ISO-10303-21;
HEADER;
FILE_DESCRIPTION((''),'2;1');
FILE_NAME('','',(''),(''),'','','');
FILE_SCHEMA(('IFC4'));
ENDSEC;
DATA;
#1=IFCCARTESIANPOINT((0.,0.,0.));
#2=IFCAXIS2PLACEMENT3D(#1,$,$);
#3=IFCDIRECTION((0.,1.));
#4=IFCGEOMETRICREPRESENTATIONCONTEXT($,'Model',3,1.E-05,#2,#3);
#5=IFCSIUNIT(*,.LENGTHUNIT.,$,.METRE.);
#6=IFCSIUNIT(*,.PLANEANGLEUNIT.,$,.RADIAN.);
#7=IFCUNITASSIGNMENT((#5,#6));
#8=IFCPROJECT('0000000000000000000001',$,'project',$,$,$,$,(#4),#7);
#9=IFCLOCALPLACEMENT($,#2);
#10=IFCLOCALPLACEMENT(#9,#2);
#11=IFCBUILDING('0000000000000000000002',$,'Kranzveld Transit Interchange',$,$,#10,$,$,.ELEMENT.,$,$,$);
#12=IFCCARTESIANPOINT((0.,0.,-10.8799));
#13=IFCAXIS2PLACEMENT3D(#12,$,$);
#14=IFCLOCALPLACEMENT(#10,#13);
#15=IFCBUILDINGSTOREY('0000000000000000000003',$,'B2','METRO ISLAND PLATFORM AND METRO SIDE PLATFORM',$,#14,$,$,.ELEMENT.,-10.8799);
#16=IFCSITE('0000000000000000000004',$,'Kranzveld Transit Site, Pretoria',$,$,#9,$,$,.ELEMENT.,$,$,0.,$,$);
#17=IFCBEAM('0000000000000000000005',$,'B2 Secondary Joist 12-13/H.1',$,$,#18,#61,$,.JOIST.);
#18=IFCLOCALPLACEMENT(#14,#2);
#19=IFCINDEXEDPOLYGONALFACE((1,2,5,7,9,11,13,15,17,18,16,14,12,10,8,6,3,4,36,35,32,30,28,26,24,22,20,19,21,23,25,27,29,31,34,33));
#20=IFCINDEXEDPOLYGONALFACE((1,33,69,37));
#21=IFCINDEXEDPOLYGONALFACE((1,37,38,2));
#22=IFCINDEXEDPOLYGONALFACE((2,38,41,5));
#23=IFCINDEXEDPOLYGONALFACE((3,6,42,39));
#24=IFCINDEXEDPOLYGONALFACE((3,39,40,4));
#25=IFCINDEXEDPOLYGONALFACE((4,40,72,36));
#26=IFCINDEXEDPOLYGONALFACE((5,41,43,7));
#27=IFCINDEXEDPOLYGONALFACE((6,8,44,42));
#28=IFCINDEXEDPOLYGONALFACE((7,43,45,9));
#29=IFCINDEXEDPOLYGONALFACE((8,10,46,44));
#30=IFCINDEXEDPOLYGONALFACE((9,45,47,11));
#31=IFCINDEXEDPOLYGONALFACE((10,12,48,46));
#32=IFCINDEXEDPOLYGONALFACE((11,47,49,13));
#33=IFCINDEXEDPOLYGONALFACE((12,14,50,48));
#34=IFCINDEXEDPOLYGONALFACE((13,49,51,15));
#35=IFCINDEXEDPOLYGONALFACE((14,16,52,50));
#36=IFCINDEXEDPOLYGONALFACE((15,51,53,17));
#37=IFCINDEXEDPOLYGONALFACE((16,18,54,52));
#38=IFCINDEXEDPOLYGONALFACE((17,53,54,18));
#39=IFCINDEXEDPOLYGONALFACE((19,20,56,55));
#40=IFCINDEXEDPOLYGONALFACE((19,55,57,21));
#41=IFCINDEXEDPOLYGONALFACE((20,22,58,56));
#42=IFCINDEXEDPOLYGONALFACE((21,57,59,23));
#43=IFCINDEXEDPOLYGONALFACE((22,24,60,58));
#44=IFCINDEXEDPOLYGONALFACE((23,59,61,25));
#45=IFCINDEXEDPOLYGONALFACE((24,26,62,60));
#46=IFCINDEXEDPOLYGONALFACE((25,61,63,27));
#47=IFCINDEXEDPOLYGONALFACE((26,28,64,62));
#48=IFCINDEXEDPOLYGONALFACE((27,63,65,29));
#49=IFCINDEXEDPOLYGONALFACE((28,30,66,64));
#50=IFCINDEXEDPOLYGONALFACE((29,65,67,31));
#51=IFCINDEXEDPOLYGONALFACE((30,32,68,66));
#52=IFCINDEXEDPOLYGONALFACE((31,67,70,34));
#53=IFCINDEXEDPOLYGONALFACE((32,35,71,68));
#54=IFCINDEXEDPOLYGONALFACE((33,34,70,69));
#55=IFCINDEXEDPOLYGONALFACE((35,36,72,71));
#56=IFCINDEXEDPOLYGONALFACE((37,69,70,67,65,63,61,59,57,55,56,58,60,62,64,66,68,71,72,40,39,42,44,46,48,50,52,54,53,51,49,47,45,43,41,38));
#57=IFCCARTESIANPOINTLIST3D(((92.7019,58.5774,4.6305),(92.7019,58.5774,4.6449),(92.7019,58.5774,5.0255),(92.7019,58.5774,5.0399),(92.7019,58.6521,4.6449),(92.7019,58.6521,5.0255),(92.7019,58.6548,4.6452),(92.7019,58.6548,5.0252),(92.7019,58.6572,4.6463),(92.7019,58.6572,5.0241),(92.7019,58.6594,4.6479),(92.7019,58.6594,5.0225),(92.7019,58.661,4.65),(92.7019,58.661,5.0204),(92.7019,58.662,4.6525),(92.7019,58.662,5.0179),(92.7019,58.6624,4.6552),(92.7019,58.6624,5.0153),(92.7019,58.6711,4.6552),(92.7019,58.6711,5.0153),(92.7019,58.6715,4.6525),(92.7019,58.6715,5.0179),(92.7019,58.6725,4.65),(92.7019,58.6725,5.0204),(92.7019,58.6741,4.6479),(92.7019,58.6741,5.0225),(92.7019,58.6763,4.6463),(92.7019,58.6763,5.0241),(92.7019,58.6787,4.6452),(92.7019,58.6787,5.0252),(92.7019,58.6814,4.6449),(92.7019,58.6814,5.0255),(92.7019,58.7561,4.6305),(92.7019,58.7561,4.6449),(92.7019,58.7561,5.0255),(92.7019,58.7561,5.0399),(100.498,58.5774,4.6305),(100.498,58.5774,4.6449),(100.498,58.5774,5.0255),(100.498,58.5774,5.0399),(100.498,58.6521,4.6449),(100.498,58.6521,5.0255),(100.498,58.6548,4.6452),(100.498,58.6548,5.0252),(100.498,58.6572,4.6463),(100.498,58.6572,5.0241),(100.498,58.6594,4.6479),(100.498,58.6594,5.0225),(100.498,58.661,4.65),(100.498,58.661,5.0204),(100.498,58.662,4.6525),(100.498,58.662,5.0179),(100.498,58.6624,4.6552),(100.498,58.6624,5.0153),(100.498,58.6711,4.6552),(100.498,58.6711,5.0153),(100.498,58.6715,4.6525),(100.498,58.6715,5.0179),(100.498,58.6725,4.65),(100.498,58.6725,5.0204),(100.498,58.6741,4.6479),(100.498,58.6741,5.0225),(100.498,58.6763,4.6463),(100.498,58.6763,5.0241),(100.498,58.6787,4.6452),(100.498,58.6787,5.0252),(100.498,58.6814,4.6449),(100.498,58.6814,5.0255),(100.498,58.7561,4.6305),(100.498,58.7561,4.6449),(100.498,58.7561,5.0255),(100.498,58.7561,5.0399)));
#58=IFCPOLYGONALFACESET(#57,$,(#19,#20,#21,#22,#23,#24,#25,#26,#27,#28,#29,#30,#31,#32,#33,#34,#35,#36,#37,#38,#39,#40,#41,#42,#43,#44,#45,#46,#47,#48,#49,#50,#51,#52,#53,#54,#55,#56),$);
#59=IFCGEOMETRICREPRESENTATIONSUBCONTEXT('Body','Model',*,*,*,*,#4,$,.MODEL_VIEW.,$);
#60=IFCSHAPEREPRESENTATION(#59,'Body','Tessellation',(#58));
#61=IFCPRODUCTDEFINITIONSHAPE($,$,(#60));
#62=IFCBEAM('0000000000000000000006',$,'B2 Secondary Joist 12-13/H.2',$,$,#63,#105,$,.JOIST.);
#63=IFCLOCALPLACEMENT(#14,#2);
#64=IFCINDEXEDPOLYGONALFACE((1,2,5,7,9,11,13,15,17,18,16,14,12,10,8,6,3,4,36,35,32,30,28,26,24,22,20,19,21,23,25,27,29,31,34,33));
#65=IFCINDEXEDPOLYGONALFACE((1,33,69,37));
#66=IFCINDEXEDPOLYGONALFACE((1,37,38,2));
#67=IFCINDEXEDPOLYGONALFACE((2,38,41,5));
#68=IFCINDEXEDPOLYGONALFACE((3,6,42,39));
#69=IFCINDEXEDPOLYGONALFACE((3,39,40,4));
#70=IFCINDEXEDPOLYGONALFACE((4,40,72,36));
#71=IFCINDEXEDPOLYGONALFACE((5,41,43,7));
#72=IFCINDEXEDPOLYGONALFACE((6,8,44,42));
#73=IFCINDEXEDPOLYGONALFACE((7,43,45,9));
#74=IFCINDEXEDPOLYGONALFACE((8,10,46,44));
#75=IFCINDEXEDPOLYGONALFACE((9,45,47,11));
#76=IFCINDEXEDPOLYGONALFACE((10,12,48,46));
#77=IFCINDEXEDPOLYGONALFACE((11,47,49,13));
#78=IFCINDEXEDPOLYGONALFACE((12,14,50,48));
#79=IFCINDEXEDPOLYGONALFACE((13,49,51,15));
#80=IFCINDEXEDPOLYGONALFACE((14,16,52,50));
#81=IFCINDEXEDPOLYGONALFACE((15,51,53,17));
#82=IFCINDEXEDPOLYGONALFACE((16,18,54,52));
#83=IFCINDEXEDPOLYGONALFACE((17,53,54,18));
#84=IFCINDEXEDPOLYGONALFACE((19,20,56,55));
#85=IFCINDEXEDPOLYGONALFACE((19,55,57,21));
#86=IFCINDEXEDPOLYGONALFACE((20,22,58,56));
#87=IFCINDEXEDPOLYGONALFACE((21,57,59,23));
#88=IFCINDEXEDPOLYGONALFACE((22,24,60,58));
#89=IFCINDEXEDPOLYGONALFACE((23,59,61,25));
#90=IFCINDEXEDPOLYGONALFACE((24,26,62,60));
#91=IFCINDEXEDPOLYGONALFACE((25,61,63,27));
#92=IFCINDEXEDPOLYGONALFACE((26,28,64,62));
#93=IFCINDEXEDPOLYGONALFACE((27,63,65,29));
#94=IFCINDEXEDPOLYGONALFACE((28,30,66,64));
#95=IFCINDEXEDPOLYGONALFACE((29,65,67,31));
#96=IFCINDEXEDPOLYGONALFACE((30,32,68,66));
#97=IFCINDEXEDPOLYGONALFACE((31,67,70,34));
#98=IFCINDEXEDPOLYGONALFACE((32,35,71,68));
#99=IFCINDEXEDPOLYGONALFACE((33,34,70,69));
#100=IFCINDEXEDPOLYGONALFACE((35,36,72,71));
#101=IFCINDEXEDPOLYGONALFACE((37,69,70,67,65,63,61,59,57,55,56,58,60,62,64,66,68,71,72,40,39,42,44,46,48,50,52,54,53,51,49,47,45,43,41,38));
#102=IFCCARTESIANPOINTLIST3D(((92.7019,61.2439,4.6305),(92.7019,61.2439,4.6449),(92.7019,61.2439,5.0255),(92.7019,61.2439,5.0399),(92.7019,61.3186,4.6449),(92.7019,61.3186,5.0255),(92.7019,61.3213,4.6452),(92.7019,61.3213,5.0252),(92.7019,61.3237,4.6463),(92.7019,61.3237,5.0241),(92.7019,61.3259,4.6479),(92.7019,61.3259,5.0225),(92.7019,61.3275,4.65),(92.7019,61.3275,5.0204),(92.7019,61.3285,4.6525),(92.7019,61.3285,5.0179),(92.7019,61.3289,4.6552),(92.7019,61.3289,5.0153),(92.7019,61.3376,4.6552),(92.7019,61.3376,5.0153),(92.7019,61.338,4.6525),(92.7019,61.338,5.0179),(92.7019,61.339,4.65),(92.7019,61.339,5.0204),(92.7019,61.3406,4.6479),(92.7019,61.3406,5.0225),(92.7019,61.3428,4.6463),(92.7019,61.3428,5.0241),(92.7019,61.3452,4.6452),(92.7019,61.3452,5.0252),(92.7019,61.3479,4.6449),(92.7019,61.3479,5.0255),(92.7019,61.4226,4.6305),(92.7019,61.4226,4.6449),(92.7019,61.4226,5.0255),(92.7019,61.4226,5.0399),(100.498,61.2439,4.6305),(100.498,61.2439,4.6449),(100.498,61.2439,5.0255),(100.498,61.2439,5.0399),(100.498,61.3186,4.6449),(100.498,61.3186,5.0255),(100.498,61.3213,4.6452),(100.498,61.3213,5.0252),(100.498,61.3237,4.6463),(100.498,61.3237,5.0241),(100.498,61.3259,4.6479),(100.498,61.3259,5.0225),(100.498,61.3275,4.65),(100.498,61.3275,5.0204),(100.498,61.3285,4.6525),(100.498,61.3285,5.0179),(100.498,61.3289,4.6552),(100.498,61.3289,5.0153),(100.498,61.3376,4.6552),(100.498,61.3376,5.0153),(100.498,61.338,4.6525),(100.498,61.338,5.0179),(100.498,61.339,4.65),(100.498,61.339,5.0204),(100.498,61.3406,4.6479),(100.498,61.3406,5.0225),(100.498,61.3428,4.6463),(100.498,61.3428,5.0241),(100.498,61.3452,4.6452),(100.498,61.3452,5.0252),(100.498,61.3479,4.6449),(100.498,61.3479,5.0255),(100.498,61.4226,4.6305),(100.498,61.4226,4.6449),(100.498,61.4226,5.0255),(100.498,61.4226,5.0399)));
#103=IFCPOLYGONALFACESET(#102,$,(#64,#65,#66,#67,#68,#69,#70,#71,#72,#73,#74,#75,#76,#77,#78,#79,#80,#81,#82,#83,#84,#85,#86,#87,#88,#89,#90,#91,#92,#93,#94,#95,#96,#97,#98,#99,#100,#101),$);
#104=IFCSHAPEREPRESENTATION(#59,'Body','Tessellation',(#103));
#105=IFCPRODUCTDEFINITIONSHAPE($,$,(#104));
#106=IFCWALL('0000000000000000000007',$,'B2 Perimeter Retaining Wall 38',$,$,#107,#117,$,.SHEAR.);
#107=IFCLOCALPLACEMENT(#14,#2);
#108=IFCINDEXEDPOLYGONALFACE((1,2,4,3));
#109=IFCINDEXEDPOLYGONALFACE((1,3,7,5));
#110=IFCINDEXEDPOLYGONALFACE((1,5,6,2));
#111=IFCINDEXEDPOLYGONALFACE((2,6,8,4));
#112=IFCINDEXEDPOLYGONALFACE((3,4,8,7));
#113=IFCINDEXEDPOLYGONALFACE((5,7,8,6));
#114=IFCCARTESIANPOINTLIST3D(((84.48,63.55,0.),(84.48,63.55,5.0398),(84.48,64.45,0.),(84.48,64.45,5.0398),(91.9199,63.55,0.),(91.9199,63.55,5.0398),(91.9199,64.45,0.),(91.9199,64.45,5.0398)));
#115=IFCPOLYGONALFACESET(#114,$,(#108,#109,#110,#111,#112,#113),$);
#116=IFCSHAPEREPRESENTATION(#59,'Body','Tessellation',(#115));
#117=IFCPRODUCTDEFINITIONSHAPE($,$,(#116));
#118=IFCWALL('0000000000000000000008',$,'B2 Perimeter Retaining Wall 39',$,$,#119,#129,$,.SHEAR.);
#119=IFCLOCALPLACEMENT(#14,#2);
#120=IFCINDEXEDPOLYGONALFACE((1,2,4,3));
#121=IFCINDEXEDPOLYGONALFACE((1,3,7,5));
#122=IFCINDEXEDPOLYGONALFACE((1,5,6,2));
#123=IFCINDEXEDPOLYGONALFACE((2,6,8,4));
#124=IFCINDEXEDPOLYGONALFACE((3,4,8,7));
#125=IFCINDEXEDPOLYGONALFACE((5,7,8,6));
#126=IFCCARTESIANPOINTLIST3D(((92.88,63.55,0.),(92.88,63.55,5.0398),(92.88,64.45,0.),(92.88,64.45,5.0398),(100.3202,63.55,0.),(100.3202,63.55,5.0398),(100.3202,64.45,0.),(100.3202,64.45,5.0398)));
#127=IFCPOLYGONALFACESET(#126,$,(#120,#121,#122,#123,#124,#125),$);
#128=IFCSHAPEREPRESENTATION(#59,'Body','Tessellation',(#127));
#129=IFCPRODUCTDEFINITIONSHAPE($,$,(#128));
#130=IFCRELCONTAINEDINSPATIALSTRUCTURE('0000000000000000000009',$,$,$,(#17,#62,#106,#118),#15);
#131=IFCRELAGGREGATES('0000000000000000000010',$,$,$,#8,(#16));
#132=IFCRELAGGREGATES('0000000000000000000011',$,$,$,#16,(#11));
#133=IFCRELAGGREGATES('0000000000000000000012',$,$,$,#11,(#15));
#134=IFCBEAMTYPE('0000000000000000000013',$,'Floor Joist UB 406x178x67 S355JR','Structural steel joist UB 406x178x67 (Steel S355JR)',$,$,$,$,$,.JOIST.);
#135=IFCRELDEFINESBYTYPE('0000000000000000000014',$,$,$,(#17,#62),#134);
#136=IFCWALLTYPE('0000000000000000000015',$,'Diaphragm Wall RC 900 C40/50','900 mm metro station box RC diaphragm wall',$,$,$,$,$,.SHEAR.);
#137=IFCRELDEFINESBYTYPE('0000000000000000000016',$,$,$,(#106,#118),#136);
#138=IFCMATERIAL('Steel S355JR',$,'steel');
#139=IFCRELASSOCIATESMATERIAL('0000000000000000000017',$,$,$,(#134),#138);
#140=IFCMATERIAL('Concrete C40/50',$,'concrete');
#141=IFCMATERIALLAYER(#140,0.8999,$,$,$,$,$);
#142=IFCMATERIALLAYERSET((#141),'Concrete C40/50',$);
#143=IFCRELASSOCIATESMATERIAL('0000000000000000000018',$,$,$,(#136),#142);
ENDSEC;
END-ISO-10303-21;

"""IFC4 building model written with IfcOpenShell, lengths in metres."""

from ifc_helpers import new_model, si_unit, direction, frame, frame_2d, origin, origin_2d, place, context, subcontext, project, spatial, rectangle, i_section, extrude, material, layer, layer_set, material_profile, profile_set, type_object, element, save


model = new_model("IFC4")

# Units and contexts
model_context = context("Model", 3, precision=1e-05, world=origin(), true_north=direction((0.0, 1.0)))
body_context = subcontext(model_context, "Body", "Model", "MODEL_VIEW")
ifc_project = project(units=[si_unit("LENGTHUNIT", "METRE"), si_unit("PLANEANGLEUNIT", "RADIAN")], contexts=[model_context])

# Site, building, storey
site_placement = place(None, origin())
site = spatial("IfcSite", under=ifc_project, at=site_placement, Name="Kranzveld Transit Site, Pretoria", CompositionType="ELEMENT", RefElevation=0.0)
building_placement = place(site_placement, origin())
building = spatial("IfcBuilding", under=site, at=building_placement, Name="Kranzveld Transit Interchange", CompositionType="ELEMENT")
storey_placement = place(building_placement, frame((0.0, 0.0, -10.8799)))
storey = spatial("IfcBuildingStorey", under=building, at=storey_placement, Name="B2", Description="METRO ISLAND PLATFORM AND METRO SIDE PLATFORM", CompositionType="ELEMENT", Elevation=-10.8799)

# Beams
ifc_material_1 = material(Name="Steel S355JR", Category="steel")
ifc_material_profile_1 = material_profile(ifc_material_1, i_section(OverallWidth=0.1787, OverallDepth=0.4094, WebThickness=0.0088, FlangeThickness=0.0144, FilletRadius=0.0103, at=origin_2d()), Name="UB 406x178x67")
ifc_profile_set_1 = profile_set([ifc_material_profile_1], Name="Steel S355JR")
beam_type = type_object("IfcBeamType", Name="Floor Joist UB 406x178x67 S355JR", Description="Structural steel joist UB 406x178x67 (Steel S355JR)", PredefinedType="JOIST", material=ifc_profile_set_1)
for number, where, z_axis, x_axis, name in (
    (1, (92.7019, 58.6667, 4.8352), (1.0, 0.0, 0.0), (0.0, 1.0, 0.0), "B2 Secondary Joist 12-13/H.1"),
    (2, (92.7019, 61.3333, 4.8352), (1.0, 0.0, 0.0), (0.0, 1.0, 0.0), "B2 Secondary Joist 12-13/H.2"),
):
    element("IfcBeam", number, at=place(storey_placement, frame(where, z_axis=z_axis, x_axis=x_axis)), inside=storey, type_object=beam_type, Name=name, PredefinedType="JOIST", context=body_context, shape_type="SweptSolid", body=[
        extrude(i_section(OverallWidth=0.1787, OverallDepth=0.4094, WebThickness=0.0088, FlangeThickness=0.0144, FilletRadius=0.0103, at=origin_2d()), origin(), (0.0, 0.0, 1.0), 7.7961),
    ])

# Walls
ifc_material_2 = material(Name="Concrete C40/50", Category="concrete")
ifc_layer = layer(ifc_material_2, 0.8999)
ifc_layer_set = layer_set([ifc_layer], Name="Concrete C40/50")
wall_type = type_object("IfcWallType", Name="Diaphragm Wall RC 900 C40/50", Description="900 mm metro station box RC diaphragm wall", PredefinedType="SHEAR", material=ifc_layer_set)
wall_1_placement = place(storey_placement, frame((84.48, 64.0, 0.0), z_axis=(0.0, 0.0, 1.0), x_axis=(1.0, 0.0, 0.0)))
element("IfcWall", 3, at=wall_1_placement, inside=storey, type_object=wall_type, Name="B2 Perimeter Retaining Wall 38", PredefinedType="SHEAR", context=body_context, shape_type="SweptSolid", body=[
    extrude(rectangle(XDim=7.4399, YDim=0.8999, at=frame_2d((3.72, 0.0))), origin(), (0.0, 0.0, 1.0), 5.0398),
])
wall_2_placement = place(storey_placement, frame((92.8799, 64.0, 0.0), z_axis=(0.0, 0.0, 1.0), x_axis=(1.0, 0.0, 0.0)))
element("IfcWall", 4, at=wall_2_placement, inside=storey, type_object=wall_type, Name="B2 Perimeter Retaining Wall 39", PredefinedType="SHEAR", context=body_context, shape_type="SweptSolid", body=[
    extrude(rectangle(XDim=7.4402, YDim=0.8999, at=frame_2d((3.7202, 0.0))), origin(), (0.0, 0.0, 1.0), 5.0398),
])

save(model, "model.ifc")
